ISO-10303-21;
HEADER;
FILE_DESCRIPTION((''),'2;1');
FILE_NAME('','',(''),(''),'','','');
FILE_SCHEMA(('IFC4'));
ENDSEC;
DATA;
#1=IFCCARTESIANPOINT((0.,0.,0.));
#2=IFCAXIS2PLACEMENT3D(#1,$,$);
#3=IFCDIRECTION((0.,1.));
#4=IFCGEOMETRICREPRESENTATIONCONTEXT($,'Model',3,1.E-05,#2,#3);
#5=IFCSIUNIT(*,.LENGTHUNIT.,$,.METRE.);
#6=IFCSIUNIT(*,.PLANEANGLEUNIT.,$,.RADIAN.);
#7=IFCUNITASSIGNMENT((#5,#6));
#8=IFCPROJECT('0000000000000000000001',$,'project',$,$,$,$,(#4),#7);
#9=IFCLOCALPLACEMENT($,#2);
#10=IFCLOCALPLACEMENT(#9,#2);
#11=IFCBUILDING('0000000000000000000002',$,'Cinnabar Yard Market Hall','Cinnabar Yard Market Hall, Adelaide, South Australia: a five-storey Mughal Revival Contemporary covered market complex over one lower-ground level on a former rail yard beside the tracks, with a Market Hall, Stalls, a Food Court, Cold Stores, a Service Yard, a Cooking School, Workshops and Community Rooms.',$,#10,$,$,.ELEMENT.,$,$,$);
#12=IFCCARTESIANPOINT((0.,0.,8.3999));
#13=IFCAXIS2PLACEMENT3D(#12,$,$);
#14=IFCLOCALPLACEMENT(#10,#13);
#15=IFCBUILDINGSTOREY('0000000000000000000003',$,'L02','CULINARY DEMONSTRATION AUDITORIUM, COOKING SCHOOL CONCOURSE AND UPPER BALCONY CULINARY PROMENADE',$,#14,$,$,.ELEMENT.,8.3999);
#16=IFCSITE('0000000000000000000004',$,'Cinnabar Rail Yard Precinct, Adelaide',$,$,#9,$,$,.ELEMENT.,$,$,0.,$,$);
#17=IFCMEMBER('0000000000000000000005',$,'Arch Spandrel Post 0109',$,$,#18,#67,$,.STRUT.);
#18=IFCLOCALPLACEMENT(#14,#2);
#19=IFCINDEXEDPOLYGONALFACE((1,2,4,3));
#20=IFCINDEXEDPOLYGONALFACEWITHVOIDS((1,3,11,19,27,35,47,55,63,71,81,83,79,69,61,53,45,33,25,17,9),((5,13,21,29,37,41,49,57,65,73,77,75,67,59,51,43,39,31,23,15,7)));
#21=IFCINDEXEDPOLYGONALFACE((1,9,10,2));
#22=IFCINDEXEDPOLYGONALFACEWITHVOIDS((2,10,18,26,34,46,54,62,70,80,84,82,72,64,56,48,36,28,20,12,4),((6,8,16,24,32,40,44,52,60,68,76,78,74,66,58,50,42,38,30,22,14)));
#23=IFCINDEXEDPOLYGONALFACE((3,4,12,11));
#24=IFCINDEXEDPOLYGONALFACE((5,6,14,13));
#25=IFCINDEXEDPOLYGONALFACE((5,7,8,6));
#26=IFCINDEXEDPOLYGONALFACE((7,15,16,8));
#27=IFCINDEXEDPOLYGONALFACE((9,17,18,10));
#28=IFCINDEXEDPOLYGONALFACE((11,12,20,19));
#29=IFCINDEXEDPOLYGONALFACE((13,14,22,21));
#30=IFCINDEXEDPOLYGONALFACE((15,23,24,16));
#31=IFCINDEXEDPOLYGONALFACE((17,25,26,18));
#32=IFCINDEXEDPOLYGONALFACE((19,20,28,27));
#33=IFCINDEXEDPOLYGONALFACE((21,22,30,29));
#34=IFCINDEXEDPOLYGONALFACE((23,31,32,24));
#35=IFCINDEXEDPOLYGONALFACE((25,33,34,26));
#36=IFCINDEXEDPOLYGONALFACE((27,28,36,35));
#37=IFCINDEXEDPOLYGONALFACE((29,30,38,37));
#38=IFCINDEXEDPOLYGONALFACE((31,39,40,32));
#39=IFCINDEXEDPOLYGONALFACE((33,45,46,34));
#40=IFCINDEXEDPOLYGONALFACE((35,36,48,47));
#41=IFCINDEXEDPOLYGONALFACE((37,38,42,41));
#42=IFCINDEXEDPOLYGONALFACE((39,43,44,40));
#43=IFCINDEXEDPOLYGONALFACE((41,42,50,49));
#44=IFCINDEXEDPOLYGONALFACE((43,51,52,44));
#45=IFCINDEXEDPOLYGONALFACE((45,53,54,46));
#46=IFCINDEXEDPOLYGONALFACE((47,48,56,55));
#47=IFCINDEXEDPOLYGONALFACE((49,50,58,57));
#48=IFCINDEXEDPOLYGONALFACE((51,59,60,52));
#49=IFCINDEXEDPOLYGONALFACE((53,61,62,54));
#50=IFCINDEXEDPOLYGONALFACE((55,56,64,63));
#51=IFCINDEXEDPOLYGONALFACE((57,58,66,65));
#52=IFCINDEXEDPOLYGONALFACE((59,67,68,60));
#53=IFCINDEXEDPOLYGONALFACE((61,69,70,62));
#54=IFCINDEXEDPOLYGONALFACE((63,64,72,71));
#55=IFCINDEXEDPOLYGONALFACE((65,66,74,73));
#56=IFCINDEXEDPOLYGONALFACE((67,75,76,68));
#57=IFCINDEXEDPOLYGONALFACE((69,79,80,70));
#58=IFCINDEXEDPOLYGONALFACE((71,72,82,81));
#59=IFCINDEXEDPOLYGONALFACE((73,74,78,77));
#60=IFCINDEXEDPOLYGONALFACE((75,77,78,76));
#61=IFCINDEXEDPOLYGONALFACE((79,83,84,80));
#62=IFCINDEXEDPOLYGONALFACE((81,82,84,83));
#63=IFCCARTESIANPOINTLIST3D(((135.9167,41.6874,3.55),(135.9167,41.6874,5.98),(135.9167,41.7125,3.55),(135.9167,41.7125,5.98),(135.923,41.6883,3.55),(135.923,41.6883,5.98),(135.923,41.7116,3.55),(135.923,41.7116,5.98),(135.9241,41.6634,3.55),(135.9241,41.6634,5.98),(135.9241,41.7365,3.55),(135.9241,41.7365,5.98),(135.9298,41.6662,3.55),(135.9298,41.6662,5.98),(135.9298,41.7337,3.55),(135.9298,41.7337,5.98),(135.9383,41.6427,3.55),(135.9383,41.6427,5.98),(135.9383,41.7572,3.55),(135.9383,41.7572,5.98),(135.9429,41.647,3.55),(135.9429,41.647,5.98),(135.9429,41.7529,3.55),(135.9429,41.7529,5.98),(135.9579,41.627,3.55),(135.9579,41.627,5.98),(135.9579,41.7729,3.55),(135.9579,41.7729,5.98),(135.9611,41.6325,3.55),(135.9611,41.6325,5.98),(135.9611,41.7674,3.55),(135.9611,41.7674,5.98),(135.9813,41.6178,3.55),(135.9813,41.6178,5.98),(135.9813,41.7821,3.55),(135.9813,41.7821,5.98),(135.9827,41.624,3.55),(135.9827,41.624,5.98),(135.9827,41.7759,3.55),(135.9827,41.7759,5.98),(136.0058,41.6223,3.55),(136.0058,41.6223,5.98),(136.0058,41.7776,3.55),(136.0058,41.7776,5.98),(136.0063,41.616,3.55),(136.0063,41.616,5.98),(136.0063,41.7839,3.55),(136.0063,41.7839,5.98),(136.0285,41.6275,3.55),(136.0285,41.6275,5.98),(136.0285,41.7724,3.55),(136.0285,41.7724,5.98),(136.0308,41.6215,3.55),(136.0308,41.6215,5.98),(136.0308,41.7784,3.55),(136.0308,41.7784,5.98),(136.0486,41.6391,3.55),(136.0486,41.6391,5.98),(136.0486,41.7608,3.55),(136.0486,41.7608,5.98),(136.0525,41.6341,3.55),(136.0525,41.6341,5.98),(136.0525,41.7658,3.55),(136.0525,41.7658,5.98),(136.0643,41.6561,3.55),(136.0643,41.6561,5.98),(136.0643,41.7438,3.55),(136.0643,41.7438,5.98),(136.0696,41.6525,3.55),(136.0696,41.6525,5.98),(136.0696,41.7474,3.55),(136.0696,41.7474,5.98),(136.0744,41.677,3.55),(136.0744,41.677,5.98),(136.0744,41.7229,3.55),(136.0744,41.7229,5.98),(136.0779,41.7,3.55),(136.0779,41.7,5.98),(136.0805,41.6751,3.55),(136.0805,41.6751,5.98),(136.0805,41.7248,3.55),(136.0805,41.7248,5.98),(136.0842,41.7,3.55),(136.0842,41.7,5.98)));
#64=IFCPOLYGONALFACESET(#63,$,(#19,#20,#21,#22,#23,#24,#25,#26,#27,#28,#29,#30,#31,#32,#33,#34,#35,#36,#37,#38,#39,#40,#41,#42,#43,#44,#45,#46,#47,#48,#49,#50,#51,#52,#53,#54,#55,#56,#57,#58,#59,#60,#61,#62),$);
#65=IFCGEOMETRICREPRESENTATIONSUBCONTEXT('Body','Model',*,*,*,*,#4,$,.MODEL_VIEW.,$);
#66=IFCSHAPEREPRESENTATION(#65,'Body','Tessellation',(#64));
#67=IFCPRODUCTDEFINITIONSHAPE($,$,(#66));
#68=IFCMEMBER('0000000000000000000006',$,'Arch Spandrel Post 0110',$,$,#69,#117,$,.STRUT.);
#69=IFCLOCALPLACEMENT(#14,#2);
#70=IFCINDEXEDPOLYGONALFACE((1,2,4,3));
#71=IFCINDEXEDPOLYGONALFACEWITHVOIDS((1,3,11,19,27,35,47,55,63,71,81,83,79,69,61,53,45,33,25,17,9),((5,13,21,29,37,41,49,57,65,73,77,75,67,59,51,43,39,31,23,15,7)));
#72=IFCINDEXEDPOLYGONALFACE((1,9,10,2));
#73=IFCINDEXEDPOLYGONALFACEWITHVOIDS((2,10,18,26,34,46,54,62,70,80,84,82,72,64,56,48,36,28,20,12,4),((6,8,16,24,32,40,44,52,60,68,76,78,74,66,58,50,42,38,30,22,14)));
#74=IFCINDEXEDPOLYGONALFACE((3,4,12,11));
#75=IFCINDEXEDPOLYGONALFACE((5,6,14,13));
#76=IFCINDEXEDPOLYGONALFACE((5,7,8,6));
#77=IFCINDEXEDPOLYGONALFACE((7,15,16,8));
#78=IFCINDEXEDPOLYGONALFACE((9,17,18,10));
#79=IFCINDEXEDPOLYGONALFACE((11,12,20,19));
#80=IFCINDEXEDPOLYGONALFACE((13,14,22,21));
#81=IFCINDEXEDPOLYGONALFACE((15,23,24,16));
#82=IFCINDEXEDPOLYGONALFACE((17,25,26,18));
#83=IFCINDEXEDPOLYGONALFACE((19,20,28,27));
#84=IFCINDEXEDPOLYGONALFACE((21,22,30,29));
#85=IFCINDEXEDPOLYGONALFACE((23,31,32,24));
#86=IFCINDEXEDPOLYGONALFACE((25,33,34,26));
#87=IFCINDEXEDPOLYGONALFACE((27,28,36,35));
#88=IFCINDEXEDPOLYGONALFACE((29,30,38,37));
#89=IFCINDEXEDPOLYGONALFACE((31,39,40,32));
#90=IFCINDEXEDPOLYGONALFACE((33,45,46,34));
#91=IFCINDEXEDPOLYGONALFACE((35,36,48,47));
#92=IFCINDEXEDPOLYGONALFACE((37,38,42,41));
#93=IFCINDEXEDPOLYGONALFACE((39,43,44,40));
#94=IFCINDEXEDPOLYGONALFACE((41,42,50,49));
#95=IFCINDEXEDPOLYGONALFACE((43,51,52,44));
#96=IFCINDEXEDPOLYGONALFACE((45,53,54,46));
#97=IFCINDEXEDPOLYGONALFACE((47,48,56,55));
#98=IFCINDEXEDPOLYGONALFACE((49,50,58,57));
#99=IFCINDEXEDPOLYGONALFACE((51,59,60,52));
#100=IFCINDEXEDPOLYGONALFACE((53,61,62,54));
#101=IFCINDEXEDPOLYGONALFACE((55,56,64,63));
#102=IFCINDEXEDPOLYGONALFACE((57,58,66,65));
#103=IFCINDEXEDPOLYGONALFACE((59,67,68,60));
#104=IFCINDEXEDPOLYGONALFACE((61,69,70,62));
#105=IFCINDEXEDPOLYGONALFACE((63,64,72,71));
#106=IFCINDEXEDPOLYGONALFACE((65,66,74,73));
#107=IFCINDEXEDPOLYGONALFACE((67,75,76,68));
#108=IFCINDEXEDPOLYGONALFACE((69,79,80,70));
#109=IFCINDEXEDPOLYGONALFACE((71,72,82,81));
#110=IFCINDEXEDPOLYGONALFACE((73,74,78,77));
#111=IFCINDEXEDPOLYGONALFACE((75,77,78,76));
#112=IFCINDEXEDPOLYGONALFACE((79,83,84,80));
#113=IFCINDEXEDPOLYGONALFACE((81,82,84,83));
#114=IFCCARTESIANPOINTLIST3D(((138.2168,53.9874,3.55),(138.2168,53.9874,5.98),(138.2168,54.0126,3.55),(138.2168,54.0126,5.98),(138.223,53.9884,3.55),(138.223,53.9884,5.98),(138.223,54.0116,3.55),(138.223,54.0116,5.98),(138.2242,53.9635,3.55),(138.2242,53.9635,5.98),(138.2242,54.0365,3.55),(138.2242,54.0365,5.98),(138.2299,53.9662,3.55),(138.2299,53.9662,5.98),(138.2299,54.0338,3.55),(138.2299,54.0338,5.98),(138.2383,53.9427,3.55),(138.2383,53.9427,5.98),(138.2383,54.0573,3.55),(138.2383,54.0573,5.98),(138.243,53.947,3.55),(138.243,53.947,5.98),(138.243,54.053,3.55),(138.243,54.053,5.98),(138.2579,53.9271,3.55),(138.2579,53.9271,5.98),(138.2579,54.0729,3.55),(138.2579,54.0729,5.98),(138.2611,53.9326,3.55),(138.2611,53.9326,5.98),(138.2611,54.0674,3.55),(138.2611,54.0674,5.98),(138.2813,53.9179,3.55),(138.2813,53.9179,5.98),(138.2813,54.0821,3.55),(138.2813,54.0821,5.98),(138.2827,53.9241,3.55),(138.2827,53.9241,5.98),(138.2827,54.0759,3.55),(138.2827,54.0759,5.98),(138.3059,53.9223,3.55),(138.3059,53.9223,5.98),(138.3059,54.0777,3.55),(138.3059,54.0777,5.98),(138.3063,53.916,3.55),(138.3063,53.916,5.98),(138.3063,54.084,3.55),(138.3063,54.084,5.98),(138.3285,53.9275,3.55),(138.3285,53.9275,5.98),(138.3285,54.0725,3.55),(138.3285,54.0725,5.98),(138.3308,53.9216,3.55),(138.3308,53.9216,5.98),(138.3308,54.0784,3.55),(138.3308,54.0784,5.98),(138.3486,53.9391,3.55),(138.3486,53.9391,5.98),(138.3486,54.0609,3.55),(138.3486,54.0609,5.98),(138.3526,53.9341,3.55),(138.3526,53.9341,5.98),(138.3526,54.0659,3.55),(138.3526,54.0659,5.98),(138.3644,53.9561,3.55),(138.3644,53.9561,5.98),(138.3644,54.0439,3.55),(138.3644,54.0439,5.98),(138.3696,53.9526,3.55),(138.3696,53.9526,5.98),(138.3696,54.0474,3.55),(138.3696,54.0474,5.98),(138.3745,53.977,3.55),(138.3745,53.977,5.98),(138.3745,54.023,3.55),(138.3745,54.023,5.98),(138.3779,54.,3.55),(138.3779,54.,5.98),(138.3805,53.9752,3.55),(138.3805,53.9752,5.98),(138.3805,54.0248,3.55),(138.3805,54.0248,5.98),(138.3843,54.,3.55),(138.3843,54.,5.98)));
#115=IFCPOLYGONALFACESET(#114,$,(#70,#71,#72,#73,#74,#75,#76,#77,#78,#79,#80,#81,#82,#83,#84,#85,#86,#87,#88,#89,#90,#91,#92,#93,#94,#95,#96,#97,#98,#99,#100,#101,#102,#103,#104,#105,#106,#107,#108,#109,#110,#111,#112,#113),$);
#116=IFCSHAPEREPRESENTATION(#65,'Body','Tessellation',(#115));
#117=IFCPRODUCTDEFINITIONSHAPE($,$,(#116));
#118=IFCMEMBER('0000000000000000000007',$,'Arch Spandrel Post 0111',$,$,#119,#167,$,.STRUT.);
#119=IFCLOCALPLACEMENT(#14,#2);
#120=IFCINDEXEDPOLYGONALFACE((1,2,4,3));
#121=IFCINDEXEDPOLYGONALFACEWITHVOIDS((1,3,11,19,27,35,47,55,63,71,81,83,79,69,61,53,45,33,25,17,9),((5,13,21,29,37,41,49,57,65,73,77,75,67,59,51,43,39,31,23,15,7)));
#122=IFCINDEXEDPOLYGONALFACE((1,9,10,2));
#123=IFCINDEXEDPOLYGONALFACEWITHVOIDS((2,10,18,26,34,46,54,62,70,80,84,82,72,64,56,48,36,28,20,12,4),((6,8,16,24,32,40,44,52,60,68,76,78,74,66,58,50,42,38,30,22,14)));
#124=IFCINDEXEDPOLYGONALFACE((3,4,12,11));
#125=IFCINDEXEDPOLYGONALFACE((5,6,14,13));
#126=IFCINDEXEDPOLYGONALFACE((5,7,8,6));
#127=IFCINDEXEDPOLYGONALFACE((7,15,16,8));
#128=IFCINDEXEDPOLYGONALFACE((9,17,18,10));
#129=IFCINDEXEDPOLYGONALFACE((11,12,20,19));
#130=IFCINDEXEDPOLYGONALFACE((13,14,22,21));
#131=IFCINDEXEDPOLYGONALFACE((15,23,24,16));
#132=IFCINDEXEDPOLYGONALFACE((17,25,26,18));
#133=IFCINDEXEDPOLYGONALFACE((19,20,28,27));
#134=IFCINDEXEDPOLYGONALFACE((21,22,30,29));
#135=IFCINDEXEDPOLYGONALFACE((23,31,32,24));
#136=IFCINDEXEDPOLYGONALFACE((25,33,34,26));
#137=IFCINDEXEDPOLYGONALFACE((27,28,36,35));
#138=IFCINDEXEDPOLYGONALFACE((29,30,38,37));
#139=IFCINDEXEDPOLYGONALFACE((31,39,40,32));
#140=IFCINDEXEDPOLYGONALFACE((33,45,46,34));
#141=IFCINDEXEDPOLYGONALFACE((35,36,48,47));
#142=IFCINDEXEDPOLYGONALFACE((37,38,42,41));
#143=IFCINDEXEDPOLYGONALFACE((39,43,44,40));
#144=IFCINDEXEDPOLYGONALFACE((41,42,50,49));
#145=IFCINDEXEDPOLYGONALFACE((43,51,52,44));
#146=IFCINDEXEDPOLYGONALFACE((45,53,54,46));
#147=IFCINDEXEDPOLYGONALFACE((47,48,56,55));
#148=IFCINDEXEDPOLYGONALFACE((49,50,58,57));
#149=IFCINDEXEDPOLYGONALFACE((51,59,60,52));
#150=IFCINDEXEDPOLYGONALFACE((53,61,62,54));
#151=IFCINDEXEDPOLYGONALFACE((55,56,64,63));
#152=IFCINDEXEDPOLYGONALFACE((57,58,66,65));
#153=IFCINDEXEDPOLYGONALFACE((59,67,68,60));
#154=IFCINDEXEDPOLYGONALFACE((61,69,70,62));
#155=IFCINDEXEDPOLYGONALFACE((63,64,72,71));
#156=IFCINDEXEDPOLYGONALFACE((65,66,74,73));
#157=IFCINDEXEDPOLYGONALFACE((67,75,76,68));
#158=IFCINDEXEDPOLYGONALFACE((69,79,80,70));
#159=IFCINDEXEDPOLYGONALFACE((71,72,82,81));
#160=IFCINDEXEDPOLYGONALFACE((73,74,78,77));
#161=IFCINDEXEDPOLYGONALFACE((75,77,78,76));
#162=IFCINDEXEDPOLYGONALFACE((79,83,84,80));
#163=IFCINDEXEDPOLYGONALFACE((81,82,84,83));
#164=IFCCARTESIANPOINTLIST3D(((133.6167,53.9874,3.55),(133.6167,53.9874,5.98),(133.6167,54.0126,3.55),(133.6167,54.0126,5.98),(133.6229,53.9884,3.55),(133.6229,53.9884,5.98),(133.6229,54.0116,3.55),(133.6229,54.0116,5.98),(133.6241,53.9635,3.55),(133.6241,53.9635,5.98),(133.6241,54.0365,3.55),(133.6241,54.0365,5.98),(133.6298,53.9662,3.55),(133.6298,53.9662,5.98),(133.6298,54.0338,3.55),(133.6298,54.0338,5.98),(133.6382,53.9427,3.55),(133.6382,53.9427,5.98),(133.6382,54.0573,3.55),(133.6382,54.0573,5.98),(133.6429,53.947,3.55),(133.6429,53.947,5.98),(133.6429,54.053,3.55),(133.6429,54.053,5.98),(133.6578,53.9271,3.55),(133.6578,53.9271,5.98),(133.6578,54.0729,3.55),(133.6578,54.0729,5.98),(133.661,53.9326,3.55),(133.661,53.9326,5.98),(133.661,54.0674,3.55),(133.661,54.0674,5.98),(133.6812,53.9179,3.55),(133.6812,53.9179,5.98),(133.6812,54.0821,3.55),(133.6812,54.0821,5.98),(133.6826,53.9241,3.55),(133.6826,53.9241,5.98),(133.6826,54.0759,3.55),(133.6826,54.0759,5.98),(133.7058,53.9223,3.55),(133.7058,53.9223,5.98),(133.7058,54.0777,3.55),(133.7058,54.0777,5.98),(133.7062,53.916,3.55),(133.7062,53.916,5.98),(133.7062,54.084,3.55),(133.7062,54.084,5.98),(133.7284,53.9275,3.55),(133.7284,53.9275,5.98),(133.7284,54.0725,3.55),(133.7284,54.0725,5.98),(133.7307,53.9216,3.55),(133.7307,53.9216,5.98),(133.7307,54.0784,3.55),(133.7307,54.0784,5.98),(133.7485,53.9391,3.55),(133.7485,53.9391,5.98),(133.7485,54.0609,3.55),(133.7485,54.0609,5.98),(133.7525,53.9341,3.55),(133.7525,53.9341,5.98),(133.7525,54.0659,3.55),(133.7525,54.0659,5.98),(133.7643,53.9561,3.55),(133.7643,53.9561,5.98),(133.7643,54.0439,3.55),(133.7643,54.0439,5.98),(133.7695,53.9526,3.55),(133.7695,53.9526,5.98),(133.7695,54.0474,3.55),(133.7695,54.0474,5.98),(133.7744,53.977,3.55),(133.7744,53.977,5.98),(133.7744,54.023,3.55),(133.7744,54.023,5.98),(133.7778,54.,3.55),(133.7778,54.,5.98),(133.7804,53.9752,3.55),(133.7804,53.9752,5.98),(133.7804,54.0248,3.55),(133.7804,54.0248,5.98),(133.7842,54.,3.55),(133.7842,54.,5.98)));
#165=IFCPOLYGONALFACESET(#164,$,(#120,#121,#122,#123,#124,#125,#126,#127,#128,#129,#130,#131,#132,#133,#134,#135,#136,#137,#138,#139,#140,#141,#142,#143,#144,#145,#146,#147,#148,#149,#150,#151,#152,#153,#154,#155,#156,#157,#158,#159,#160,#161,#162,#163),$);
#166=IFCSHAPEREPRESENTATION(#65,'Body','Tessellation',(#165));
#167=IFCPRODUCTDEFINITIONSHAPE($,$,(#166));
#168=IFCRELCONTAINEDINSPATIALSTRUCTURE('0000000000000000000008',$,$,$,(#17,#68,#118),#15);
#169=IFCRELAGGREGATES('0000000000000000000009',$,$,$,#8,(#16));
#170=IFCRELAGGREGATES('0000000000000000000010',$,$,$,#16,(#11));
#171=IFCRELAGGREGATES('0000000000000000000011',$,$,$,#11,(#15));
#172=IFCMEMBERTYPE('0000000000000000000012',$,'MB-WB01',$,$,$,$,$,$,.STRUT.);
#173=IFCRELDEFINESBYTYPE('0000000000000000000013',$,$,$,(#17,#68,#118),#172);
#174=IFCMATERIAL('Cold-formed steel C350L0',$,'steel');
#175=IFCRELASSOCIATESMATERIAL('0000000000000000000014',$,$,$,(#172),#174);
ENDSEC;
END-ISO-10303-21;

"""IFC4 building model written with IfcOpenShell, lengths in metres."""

from ifc_helpers import new_model, si_unit, direction, frame, origin, origin_2d_with_axis, place, context, subcontext, project, spatial, hollow_circle, extrude, material, material_profile, profile_set, type_object, element, save


model = new_model("IFC4")

# Units and contexts
model_context = context("Model", 3, precision=1e-05, world=origin(), true_north=direction((0.0, 1.0)))
body_context = subcontext(model_context, "Body", "Model", "MODEL_VIEW")
ifc_project = project(units=[si_unit("LENGTHUNIT", "METRE"), si_unit("PLANEANGLEUNIT", "RADIAN")], contexts=[model_context])

# Site, building, storey
site_placement = place(None, origin())
site = spatial("IfcSite", under=ifc_project, at=site_placement, Name="Cinnabar Rail Yard Precinct, Adelaide", CompositionType="ELEMENT", RefElevation=0.0)
building_placement = place(site_placement, origin())
building = spatial("IfcBuilding", under=site, at=building_placement, Name="Cinnabar Yard Market Hall", Description="Cinnabar Yard Market Hall, Adelaide, South Australia: a five-storey Mughal Revival Contemporary covered market complex over one lower-ground level on a former rail yard beside the tracks, with a Market Hall, Stalls, a Food Court, Cold Stores, a Service Yard, a Cooking School, Workshops and Community Rooms.", CompositionType="ELEMENT")
storey_placement = place(building_placement, frame((0.0, 0.0, 8.3999)))
storey = spatial("IfcBuildingStorey", under=building, at=storey_placement, Name="L02", Description="CULINARY DEMONSTRATION AUDITORIUM, COOKING SCHOOL CONCOURSE AND UPPER BALCONY CULINARY PROMENADE", CompositionType="ELEMENT", Elevation=8.3999)

# Members
ifc_material_1 = material(Name="Cold-formed steel C350L0", Category="steel")
ifc_material_profile_1 = material_profile(ifc_material_1, hollow_circle(Radius=0.0842, WallThickness=0.0063, at=origin_2d_with_axis()), Name="168.3x6.4CHS")
ifc_profile_set_1 = profile_set([ifc_material_profile_1], Name="Cold-formed steel C350L0")
member_type_1 = type_object("IfcMemberType", Name="MB-WB01", PredefinedType="STRUT", material=ifc_profile_set_1)
for number, where, z_axis, x_axis, name in (
    (1, (136.0, 41.7, 3.55), (0.0, 0.0, 1.0), (1.0, 0.0, 0.0), "Arch Spandrel Post 0109"),
    (2, (138.3, 54.0, 3.55), (0.0, 0.0, 1.0), (1.0, 0.0, 0.0), "Arch Spandrel Post 0110"),
    (3, (133.7, 54.0, 3.55), (0.0, 0.0, 1.0), (1.0, 0.0, 0.0), "Arch Spandrel Post 0111"),
):
    element("IfcMember", number, at=place(storey_placement, frame(where, z_axis=z_axis, x_axis=x_axis)), inside=storey, type_object=member_type_1, Name=name, PredefinedType="STRUT", context=body_context, shape_type="SweptSolid", body=[
        extrude(hollow_circle(Radius=0.0842, WallThickness=0.0063, at=origin_2d_with_axis()), origin(), (0.0, 0.0, 1.0), 2.4299),
    ])

save(model, "model.ifc")
